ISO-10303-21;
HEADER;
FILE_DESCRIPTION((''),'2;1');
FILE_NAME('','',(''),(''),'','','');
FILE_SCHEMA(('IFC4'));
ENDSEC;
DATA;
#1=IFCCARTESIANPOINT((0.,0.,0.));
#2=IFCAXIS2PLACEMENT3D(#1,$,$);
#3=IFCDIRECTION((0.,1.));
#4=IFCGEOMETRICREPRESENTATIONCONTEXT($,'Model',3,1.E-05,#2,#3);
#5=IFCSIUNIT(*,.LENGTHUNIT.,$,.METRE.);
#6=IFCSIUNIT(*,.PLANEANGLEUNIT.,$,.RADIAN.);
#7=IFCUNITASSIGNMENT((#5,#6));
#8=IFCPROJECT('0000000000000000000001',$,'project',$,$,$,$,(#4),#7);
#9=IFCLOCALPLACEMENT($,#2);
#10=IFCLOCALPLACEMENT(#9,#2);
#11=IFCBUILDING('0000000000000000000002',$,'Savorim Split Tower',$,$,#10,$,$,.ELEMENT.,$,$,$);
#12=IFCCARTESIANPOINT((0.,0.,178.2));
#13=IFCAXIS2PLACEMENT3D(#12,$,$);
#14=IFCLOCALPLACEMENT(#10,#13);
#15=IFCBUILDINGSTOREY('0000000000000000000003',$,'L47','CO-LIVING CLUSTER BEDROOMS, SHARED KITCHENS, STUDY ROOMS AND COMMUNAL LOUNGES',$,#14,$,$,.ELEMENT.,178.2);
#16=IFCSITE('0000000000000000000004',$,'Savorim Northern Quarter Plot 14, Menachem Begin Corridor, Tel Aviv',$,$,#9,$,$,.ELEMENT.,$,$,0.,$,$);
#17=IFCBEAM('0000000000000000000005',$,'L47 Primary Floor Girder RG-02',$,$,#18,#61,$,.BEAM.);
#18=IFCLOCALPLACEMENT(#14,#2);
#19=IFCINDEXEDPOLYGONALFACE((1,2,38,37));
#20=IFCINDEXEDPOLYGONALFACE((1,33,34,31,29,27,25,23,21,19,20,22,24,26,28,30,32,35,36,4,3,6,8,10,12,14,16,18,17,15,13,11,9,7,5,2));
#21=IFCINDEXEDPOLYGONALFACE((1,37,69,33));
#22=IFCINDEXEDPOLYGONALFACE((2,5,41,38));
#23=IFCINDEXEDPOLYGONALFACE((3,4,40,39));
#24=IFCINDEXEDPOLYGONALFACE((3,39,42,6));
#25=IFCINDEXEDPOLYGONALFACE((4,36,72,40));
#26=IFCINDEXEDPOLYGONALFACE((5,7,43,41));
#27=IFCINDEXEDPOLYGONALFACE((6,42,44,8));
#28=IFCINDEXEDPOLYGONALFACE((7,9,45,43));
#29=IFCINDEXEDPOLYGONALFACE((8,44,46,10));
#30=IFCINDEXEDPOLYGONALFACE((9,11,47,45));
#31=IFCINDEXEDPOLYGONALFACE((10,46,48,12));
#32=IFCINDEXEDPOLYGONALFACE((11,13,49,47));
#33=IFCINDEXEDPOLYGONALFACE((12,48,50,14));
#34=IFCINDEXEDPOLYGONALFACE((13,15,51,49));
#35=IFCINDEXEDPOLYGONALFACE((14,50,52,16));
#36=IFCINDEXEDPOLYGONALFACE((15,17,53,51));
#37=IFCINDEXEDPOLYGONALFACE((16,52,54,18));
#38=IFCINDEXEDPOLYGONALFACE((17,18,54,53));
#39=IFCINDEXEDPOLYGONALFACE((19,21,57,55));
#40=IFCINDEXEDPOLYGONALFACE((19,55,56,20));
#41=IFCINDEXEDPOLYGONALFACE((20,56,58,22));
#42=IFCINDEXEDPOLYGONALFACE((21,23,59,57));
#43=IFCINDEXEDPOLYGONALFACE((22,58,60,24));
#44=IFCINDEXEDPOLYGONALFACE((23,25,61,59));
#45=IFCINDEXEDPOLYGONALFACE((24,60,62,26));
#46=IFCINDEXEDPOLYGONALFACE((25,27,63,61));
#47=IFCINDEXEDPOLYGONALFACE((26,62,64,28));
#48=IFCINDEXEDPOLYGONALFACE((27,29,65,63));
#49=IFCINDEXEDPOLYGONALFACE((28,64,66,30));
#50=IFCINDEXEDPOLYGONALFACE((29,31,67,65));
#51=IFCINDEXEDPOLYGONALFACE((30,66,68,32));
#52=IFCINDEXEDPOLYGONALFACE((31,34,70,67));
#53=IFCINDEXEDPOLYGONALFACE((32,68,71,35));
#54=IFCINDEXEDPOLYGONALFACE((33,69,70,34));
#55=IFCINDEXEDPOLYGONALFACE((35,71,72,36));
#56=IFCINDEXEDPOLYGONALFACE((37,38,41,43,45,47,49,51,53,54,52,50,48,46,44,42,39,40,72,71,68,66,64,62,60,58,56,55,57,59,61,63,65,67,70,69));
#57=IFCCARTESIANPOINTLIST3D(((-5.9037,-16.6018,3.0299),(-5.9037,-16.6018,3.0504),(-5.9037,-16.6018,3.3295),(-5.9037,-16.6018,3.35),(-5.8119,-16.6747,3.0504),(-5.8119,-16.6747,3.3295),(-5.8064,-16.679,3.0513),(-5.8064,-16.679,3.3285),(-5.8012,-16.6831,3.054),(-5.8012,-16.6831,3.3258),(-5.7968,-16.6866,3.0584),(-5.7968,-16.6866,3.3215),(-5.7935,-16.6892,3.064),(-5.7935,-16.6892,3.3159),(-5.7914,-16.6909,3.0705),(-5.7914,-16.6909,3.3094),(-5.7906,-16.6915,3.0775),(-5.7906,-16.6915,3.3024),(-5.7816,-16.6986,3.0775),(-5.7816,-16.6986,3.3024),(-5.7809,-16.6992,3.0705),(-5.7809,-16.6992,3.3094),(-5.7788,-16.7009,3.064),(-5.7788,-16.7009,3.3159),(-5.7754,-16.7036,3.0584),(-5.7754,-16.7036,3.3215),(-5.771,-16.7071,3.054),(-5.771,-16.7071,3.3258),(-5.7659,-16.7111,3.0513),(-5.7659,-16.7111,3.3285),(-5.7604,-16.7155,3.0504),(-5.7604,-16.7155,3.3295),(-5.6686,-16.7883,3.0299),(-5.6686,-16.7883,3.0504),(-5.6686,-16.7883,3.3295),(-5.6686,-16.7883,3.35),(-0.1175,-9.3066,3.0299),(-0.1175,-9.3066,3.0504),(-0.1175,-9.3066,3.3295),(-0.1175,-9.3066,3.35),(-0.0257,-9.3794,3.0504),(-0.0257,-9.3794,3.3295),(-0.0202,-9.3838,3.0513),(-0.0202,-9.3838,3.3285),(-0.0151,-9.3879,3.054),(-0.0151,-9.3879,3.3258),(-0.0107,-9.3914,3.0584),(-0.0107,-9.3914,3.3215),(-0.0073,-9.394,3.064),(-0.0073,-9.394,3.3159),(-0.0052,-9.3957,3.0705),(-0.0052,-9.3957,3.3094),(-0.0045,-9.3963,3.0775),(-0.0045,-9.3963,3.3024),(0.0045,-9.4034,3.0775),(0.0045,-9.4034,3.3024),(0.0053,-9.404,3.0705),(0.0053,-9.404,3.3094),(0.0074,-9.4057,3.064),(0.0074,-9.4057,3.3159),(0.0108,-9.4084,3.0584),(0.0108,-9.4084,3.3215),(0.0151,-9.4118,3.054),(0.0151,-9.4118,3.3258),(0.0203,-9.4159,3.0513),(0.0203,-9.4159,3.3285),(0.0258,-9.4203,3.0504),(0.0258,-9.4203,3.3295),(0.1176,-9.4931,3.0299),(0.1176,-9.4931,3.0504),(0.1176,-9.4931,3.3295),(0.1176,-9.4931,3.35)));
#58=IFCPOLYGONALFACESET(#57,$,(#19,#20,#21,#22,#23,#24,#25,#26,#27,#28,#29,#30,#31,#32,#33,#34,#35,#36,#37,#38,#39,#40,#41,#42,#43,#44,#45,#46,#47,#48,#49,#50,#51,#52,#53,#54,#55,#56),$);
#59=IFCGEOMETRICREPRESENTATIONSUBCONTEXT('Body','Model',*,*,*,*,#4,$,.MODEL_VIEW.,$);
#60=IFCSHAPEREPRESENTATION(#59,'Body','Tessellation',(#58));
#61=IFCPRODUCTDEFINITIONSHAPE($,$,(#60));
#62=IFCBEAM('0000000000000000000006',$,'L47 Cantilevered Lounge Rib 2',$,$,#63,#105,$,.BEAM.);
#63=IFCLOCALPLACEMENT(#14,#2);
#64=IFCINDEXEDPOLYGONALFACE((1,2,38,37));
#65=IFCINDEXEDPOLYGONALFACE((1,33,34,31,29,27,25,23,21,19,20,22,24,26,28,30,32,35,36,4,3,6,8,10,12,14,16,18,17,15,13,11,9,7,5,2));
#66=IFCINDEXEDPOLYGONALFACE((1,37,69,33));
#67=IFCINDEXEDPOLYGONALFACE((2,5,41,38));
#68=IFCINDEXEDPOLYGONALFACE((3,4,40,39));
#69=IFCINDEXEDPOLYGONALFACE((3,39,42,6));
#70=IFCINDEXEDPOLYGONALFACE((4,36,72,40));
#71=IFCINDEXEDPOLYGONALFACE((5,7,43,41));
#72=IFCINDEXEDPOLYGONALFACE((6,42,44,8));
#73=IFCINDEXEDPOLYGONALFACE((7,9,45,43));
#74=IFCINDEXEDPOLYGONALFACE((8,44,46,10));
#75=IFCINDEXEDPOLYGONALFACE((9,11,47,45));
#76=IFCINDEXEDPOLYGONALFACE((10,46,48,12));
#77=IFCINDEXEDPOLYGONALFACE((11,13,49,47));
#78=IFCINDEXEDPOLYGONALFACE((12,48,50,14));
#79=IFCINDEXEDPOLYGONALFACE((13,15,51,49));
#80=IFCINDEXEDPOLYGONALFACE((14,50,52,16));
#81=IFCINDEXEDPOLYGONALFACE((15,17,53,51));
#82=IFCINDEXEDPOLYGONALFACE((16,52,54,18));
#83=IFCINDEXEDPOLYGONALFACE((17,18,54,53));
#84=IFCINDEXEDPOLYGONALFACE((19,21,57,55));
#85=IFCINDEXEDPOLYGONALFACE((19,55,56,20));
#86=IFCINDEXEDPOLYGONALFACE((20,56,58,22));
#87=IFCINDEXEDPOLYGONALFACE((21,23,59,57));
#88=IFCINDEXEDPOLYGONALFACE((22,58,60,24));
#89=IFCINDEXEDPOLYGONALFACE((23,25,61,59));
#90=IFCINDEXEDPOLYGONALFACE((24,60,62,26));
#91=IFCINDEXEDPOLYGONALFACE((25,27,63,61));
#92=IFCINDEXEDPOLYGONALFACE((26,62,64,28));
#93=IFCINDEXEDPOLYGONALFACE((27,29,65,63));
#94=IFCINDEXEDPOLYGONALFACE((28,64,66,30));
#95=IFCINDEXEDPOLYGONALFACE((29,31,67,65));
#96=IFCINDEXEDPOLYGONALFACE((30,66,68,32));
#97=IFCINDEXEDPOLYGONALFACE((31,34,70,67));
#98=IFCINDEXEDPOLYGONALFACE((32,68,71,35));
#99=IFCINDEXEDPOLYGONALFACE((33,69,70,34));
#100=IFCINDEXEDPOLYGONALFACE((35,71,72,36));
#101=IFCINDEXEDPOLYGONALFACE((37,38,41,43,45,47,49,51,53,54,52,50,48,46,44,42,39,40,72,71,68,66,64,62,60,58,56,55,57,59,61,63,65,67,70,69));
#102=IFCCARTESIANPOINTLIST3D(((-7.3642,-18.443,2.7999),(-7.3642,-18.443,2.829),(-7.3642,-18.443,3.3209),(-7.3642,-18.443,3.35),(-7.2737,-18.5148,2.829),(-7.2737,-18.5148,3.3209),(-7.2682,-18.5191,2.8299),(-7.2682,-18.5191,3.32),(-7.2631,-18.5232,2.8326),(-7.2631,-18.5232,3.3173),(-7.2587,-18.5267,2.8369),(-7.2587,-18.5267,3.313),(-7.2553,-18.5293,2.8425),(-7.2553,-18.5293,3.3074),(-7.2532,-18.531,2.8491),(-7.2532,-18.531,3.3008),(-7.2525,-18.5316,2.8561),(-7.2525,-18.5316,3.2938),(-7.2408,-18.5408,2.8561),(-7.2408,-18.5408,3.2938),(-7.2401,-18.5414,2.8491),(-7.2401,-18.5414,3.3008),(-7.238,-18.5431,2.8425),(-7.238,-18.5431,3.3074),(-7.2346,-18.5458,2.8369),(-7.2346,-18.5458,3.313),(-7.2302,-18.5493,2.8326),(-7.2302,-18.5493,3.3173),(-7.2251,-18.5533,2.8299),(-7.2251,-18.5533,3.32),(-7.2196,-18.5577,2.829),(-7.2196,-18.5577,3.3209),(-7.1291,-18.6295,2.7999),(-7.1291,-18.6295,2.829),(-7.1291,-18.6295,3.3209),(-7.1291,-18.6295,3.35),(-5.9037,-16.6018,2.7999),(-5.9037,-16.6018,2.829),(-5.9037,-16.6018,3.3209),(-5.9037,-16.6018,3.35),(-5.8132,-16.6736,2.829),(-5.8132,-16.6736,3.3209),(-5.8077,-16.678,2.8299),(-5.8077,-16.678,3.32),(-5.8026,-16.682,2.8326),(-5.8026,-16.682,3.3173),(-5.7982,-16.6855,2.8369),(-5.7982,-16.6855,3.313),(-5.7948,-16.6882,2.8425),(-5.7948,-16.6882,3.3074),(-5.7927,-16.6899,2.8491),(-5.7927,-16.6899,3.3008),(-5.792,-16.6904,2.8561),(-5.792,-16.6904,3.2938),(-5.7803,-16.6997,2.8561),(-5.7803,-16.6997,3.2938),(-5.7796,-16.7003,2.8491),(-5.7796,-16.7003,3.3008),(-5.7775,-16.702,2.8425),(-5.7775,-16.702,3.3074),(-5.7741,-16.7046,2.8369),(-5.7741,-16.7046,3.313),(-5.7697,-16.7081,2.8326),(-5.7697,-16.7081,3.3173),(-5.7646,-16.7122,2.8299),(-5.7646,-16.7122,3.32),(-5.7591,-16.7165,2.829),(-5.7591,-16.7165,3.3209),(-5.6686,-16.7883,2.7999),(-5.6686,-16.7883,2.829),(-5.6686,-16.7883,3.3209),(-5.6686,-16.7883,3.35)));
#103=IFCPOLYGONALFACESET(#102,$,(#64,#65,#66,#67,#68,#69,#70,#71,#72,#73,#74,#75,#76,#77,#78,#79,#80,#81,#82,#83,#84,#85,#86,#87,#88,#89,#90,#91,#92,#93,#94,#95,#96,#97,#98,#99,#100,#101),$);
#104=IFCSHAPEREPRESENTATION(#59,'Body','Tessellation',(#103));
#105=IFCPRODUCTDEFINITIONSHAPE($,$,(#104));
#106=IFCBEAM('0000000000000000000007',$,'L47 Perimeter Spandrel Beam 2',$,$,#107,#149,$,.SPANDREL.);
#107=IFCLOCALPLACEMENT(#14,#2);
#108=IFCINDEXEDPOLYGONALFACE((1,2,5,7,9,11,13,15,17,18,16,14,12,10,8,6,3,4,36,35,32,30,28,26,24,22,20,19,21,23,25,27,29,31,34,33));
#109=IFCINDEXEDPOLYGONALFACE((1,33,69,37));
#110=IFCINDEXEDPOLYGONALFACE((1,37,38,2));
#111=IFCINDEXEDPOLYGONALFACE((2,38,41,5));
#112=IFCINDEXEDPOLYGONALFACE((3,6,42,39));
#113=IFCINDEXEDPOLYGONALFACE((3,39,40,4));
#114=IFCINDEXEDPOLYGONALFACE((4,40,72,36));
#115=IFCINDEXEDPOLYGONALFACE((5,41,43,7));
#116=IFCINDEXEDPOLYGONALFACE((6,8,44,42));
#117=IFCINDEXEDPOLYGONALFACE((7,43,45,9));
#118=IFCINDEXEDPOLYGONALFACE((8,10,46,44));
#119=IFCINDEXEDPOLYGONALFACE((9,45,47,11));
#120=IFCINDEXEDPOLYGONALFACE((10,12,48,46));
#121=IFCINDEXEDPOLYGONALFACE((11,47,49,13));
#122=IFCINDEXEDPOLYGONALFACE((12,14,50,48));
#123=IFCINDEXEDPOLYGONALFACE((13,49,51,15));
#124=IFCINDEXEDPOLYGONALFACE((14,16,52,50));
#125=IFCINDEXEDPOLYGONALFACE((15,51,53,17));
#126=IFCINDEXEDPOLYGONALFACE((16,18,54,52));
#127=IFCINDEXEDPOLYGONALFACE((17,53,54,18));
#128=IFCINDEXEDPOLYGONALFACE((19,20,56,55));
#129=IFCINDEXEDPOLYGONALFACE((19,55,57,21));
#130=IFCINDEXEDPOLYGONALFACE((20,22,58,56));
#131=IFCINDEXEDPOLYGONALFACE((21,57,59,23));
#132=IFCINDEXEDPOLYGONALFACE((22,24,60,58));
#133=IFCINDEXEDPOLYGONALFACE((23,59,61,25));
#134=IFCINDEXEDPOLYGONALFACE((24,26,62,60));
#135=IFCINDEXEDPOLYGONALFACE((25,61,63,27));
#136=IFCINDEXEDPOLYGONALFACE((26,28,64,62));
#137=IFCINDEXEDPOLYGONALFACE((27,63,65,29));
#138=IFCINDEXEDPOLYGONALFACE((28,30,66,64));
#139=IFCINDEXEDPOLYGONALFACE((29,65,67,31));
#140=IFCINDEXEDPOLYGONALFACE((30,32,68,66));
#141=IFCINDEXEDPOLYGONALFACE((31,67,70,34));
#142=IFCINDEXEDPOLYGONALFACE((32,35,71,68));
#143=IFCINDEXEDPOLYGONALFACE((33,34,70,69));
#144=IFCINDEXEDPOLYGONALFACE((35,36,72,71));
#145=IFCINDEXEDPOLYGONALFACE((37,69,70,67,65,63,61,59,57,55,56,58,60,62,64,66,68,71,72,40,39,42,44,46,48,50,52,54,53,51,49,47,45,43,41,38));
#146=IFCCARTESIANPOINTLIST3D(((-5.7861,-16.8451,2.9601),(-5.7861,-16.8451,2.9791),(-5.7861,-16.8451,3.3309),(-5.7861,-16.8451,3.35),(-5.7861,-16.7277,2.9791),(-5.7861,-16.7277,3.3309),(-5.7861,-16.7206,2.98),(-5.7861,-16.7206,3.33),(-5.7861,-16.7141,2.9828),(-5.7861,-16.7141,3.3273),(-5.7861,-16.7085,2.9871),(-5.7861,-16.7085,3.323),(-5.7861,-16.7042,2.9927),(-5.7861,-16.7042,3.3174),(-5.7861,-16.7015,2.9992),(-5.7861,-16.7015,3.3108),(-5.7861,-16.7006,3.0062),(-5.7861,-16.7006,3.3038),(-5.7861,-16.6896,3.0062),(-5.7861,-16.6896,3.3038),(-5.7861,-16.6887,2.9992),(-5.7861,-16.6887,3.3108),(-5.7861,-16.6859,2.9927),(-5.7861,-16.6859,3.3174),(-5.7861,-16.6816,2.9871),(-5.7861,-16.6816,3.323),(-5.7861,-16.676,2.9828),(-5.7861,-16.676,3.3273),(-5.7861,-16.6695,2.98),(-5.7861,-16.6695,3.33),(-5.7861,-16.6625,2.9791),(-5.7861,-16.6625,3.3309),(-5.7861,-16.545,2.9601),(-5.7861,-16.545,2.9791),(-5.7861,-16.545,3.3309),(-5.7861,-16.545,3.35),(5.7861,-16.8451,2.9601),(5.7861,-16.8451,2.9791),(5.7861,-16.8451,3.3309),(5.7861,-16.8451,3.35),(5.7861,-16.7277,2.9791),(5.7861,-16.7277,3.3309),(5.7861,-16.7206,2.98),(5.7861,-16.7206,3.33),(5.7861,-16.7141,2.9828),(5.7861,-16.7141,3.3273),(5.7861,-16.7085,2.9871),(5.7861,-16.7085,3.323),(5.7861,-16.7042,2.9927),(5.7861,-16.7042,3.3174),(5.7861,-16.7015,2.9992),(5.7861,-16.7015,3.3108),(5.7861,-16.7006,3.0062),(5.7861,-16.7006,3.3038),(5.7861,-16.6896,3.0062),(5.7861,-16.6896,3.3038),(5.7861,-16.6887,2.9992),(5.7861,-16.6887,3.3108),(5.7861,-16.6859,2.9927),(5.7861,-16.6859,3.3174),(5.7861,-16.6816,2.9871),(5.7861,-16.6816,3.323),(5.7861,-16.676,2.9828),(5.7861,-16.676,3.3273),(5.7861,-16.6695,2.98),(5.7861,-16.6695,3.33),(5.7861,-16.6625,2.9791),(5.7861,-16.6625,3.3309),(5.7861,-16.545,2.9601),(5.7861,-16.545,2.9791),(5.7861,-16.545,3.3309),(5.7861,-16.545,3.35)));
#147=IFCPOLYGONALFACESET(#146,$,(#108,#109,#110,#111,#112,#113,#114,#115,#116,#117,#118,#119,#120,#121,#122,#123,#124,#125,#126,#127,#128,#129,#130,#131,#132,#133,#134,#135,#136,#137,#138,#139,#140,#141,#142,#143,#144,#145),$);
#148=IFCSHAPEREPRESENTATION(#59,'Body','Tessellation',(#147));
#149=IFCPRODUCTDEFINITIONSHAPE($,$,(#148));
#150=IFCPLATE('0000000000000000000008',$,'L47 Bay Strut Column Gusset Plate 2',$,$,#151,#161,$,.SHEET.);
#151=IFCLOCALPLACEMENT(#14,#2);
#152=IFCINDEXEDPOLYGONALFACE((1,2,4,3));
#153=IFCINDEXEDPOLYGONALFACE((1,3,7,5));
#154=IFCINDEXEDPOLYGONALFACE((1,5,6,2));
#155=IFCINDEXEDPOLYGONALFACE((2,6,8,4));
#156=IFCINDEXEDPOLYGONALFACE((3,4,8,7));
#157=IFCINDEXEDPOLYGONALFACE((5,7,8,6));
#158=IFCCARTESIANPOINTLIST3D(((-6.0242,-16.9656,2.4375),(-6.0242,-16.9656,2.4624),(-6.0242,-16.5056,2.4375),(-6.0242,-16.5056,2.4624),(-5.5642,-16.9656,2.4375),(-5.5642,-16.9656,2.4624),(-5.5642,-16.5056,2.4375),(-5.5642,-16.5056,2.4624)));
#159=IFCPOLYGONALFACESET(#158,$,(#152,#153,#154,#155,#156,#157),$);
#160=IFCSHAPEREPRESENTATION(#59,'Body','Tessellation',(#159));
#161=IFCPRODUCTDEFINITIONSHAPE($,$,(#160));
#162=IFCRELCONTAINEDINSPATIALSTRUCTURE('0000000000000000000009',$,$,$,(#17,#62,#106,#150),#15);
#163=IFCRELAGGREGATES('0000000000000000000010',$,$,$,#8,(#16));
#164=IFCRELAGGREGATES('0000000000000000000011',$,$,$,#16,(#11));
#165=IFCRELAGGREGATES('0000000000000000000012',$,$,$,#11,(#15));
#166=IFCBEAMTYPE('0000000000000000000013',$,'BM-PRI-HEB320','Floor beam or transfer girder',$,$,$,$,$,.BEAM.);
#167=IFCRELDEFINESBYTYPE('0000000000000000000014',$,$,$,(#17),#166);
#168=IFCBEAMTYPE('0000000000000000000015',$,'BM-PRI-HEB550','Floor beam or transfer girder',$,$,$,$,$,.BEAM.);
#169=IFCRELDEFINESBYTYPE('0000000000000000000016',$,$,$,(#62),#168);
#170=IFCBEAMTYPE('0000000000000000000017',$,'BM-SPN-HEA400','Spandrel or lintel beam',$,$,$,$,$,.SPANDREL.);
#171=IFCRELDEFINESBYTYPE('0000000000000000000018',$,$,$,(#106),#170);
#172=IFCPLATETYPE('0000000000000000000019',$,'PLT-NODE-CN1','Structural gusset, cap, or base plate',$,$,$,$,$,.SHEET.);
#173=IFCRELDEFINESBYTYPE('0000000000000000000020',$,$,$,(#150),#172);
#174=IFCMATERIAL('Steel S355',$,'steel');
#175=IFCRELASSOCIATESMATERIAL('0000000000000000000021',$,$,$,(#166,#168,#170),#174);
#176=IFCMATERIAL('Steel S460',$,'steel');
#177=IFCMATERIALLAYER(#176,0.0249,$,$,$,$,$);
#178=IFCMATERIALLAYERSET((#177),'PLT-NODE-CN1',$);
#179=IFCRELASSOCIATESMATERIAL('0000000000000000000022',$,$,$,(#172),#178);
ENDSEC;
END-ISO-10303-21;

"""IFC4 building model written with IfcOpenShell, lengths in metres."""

from ifc_helpers import new_model, si_unit, direction, frame, origin, origin_2d, place, context, subcontext, project, spatial, rectangle, i_section, extrude, material, layer, layer_set, material_profile, profile_set, type_object, element, save


model = new_model("IFC4")

# Units and contexts
model_context = context("Model", 3, precision=1e-05, world=origin(), true_north=direction((0.0, 1.0)))
body_context = subcontext(model_context, "Body", "Model", "MODEL_VIEW")
ifc_project = project(units=[si_unit("LENGTHUNIT", "METRE"), si_unit("PLANEANGLEUNIT", "RADIAN")], contexts=[model_context])

# Site, building, storey
site_placement = place(None, origin())
site = spatial("IfcSite", under=ifc_project, at=site_placement, Name="Savorim Northern Quarter Plot 14, Menachem Begin Corridor, Tel Aviv", CompositionType="ELEMENT", RefElevation=0.0)
building_placement = place(site_placement, origin())
building = spatial("IfcBuilding", under=site, at=building_placement, Name="Savorim Split Tower", CompositionType="ELEMENT")
storey_placement = place(building_placement, frame((0.0, 0.0, 178.2)))
storey = spatial("IfcBuildingStorey", under=building, at=storey_placement, Name="L47", Description="CO-LIVING CLUSTER BEDROOMS, SHARED KITCHENS, STUDY ROOMS AND COMMUNAL LOUNGES", CompositionType="ELEMENT", Elevation=178.2)

# Shared definitions
ifc_material_1 = material(Name="Steel S460", Category="steel")

# Beams
ifc_material_2 = material(Name="Steel S355", Category="steel")
ifc_material_profile_1 = material_profile(ifc_material_2, i_section(OverallWidth=0.3, OverallDepth=0.3201, WebThickness=0.0115, FlangeThickness=0.0205, FilletRadius=0.0271, at=origin_2d()), Name="HEB 320")
ifc_profile_set_1 = profile_set([ifc_material_profile_1], Name="Steel S355")
beam_type_1 = type_object("IfcBeamType", Name="BM-PRI-HEB320", Description="Floor beam or transfer girder", PredefinedType="BEAM", material=ifc_profile_set_1)
beam_1_placement = place(storey_placement, frame((-5.7861, -16.6951, 3.1899), z_axis=(0.621415, 0.783481, 0.0), x_axis=(-0.783481, 0.621415, 0.0)))
element("IfcBeam", 1, at=beam_1_placement, inside=storey, type_object=beam_type_1, Name="L47 Primary Floor Girder RG-02", PredefinedType="BEAM", context=body_context, shape_type="SweptSolid", body=[
    extrude(i_section(OverallWidth=0.3, OverallDepth=0.3201, WebThickness=0.0115, FlangeThickness=0.0205, FilletRadius=0.0271, at=origin_2d()), origin(), (0.0, 0.0, 1.0), 9.3113),
])
ifc_material_profile_2 = material_profile(ifc_material_2, i_section(OverallWidth=0.3, OverallDepth=0.55, WebThickness=0.0149, FlangeThickness=0.0291, FilletRadius=0.0271, at=origin_2d()), Name="HEB 550")
ifc_profile_set_2 = profile_set([ifc_material_profile_2], Name="Steel S355")
beam_type_2 = type_object("IfcBeamType", Name="BM-PRI-HEB550", Description="Floor beam or transfer girder", PredefinedType="BEAM", material=ifc_profile_set_2)
beam_2_placement = place(storey_placement, frame((-5.7861, -16.6951, 3.075), z_axis=(-0.621472, -0.783437, 0.0), x_axis=(0.783437, -0.621472, 0.0)))
element("IfcBeam", 2, at=beam_2_placement, inside=storey, type_object=beam_type_2, Name="L47 Cantilevered Lounge Rib 2", PredefinedType="BEAM", context=body_context, shape_type="SweptSolid", body=[
    extrude(i_section(OverallWidth=0.3, OverallDepth=0.55, WebThickness=0.0149, FlangeThickness=0.0291, FilletRadius=0.0271, at=origin_2d()), origin(), (0.0, 0.0, 1.0), 2.3501),
])
ifc_material_profile_3 = material_profile(ifc_material_2, i_section(OverallWidth=0.3, OverallDepth=0.3899, WebThickness=0.011, FlangeThickness=0.019, FilletRadius=0.0271, at=origin_2d()), Name="HEA 400")
ifc_profile_set_3 = profile_set([ifc_material_profile_3], Name="Steel S355")
beam_type_3 = type_object("IfcBeamType", Name="BM-SPN-HEA400", Description="Spandrel or lintel beam", PredefinedType="SPANDREL", material=ifc_profile_set_3)
beam_3_placement = place(storey_placement, frame((-5.7861, -16.6951, 3.155), z_axis=(1.0, 0.0, 0.0), x_axis=(0.0, 1.0, 0.0)))
element("IfcBeam", 3, at=beam_3_placement, inside=storey, type_object=beam_type_3, Name="L47 Perimeter Spandrel Beam 2", PredefinedType="SPANDREL", context=body_context, shape_type="SweptSolid", body=[
    extrude(i_section(OverallWidth=0.3, OverallDepth=0.3899, WebThickness=0.011, FlangeThickness=0.019, FilletRadius=0.0271, at=origin_2d()), origin(), (0.0, 0.0, 1.0), 11.5723),
])

# Plate
ifc_layer_1 = layer(ifc_material_1, 0.0249)
ifc_layer_set_1 = layer_set([ifc_layer_1], Name="PLT-NODE-CN1")
plate_type = type_object("IfcPlateType", Name="PLT-NODE-CN1", Description="Structural gusset, cap, or base plate", PredefinedType="SHEET", material=ifc_layer_set_1)
plate_placement = place(storey_placement, frame((-5.7942, -16.7356, 2.4375), z_axis=(0.0, 0.0, 1.0), x_axis=(1.0, 0.0, 0.0)))
element("IfcPlate", 4, at=plate_placement, inside=storey, type_object=plate_type, Name="L47 Bay Strut Column Gusset Plate 2", PredefinedType="SHEET", context=body_context, shape_type="SweptSolid", body=[
    extrude(rectangle(XDim=0.46, YDim=0.46, at=origin_2d()), origin(), (0.0, 0.0, 1.0), 0.0249),
])

save(model, "model.ifc")
